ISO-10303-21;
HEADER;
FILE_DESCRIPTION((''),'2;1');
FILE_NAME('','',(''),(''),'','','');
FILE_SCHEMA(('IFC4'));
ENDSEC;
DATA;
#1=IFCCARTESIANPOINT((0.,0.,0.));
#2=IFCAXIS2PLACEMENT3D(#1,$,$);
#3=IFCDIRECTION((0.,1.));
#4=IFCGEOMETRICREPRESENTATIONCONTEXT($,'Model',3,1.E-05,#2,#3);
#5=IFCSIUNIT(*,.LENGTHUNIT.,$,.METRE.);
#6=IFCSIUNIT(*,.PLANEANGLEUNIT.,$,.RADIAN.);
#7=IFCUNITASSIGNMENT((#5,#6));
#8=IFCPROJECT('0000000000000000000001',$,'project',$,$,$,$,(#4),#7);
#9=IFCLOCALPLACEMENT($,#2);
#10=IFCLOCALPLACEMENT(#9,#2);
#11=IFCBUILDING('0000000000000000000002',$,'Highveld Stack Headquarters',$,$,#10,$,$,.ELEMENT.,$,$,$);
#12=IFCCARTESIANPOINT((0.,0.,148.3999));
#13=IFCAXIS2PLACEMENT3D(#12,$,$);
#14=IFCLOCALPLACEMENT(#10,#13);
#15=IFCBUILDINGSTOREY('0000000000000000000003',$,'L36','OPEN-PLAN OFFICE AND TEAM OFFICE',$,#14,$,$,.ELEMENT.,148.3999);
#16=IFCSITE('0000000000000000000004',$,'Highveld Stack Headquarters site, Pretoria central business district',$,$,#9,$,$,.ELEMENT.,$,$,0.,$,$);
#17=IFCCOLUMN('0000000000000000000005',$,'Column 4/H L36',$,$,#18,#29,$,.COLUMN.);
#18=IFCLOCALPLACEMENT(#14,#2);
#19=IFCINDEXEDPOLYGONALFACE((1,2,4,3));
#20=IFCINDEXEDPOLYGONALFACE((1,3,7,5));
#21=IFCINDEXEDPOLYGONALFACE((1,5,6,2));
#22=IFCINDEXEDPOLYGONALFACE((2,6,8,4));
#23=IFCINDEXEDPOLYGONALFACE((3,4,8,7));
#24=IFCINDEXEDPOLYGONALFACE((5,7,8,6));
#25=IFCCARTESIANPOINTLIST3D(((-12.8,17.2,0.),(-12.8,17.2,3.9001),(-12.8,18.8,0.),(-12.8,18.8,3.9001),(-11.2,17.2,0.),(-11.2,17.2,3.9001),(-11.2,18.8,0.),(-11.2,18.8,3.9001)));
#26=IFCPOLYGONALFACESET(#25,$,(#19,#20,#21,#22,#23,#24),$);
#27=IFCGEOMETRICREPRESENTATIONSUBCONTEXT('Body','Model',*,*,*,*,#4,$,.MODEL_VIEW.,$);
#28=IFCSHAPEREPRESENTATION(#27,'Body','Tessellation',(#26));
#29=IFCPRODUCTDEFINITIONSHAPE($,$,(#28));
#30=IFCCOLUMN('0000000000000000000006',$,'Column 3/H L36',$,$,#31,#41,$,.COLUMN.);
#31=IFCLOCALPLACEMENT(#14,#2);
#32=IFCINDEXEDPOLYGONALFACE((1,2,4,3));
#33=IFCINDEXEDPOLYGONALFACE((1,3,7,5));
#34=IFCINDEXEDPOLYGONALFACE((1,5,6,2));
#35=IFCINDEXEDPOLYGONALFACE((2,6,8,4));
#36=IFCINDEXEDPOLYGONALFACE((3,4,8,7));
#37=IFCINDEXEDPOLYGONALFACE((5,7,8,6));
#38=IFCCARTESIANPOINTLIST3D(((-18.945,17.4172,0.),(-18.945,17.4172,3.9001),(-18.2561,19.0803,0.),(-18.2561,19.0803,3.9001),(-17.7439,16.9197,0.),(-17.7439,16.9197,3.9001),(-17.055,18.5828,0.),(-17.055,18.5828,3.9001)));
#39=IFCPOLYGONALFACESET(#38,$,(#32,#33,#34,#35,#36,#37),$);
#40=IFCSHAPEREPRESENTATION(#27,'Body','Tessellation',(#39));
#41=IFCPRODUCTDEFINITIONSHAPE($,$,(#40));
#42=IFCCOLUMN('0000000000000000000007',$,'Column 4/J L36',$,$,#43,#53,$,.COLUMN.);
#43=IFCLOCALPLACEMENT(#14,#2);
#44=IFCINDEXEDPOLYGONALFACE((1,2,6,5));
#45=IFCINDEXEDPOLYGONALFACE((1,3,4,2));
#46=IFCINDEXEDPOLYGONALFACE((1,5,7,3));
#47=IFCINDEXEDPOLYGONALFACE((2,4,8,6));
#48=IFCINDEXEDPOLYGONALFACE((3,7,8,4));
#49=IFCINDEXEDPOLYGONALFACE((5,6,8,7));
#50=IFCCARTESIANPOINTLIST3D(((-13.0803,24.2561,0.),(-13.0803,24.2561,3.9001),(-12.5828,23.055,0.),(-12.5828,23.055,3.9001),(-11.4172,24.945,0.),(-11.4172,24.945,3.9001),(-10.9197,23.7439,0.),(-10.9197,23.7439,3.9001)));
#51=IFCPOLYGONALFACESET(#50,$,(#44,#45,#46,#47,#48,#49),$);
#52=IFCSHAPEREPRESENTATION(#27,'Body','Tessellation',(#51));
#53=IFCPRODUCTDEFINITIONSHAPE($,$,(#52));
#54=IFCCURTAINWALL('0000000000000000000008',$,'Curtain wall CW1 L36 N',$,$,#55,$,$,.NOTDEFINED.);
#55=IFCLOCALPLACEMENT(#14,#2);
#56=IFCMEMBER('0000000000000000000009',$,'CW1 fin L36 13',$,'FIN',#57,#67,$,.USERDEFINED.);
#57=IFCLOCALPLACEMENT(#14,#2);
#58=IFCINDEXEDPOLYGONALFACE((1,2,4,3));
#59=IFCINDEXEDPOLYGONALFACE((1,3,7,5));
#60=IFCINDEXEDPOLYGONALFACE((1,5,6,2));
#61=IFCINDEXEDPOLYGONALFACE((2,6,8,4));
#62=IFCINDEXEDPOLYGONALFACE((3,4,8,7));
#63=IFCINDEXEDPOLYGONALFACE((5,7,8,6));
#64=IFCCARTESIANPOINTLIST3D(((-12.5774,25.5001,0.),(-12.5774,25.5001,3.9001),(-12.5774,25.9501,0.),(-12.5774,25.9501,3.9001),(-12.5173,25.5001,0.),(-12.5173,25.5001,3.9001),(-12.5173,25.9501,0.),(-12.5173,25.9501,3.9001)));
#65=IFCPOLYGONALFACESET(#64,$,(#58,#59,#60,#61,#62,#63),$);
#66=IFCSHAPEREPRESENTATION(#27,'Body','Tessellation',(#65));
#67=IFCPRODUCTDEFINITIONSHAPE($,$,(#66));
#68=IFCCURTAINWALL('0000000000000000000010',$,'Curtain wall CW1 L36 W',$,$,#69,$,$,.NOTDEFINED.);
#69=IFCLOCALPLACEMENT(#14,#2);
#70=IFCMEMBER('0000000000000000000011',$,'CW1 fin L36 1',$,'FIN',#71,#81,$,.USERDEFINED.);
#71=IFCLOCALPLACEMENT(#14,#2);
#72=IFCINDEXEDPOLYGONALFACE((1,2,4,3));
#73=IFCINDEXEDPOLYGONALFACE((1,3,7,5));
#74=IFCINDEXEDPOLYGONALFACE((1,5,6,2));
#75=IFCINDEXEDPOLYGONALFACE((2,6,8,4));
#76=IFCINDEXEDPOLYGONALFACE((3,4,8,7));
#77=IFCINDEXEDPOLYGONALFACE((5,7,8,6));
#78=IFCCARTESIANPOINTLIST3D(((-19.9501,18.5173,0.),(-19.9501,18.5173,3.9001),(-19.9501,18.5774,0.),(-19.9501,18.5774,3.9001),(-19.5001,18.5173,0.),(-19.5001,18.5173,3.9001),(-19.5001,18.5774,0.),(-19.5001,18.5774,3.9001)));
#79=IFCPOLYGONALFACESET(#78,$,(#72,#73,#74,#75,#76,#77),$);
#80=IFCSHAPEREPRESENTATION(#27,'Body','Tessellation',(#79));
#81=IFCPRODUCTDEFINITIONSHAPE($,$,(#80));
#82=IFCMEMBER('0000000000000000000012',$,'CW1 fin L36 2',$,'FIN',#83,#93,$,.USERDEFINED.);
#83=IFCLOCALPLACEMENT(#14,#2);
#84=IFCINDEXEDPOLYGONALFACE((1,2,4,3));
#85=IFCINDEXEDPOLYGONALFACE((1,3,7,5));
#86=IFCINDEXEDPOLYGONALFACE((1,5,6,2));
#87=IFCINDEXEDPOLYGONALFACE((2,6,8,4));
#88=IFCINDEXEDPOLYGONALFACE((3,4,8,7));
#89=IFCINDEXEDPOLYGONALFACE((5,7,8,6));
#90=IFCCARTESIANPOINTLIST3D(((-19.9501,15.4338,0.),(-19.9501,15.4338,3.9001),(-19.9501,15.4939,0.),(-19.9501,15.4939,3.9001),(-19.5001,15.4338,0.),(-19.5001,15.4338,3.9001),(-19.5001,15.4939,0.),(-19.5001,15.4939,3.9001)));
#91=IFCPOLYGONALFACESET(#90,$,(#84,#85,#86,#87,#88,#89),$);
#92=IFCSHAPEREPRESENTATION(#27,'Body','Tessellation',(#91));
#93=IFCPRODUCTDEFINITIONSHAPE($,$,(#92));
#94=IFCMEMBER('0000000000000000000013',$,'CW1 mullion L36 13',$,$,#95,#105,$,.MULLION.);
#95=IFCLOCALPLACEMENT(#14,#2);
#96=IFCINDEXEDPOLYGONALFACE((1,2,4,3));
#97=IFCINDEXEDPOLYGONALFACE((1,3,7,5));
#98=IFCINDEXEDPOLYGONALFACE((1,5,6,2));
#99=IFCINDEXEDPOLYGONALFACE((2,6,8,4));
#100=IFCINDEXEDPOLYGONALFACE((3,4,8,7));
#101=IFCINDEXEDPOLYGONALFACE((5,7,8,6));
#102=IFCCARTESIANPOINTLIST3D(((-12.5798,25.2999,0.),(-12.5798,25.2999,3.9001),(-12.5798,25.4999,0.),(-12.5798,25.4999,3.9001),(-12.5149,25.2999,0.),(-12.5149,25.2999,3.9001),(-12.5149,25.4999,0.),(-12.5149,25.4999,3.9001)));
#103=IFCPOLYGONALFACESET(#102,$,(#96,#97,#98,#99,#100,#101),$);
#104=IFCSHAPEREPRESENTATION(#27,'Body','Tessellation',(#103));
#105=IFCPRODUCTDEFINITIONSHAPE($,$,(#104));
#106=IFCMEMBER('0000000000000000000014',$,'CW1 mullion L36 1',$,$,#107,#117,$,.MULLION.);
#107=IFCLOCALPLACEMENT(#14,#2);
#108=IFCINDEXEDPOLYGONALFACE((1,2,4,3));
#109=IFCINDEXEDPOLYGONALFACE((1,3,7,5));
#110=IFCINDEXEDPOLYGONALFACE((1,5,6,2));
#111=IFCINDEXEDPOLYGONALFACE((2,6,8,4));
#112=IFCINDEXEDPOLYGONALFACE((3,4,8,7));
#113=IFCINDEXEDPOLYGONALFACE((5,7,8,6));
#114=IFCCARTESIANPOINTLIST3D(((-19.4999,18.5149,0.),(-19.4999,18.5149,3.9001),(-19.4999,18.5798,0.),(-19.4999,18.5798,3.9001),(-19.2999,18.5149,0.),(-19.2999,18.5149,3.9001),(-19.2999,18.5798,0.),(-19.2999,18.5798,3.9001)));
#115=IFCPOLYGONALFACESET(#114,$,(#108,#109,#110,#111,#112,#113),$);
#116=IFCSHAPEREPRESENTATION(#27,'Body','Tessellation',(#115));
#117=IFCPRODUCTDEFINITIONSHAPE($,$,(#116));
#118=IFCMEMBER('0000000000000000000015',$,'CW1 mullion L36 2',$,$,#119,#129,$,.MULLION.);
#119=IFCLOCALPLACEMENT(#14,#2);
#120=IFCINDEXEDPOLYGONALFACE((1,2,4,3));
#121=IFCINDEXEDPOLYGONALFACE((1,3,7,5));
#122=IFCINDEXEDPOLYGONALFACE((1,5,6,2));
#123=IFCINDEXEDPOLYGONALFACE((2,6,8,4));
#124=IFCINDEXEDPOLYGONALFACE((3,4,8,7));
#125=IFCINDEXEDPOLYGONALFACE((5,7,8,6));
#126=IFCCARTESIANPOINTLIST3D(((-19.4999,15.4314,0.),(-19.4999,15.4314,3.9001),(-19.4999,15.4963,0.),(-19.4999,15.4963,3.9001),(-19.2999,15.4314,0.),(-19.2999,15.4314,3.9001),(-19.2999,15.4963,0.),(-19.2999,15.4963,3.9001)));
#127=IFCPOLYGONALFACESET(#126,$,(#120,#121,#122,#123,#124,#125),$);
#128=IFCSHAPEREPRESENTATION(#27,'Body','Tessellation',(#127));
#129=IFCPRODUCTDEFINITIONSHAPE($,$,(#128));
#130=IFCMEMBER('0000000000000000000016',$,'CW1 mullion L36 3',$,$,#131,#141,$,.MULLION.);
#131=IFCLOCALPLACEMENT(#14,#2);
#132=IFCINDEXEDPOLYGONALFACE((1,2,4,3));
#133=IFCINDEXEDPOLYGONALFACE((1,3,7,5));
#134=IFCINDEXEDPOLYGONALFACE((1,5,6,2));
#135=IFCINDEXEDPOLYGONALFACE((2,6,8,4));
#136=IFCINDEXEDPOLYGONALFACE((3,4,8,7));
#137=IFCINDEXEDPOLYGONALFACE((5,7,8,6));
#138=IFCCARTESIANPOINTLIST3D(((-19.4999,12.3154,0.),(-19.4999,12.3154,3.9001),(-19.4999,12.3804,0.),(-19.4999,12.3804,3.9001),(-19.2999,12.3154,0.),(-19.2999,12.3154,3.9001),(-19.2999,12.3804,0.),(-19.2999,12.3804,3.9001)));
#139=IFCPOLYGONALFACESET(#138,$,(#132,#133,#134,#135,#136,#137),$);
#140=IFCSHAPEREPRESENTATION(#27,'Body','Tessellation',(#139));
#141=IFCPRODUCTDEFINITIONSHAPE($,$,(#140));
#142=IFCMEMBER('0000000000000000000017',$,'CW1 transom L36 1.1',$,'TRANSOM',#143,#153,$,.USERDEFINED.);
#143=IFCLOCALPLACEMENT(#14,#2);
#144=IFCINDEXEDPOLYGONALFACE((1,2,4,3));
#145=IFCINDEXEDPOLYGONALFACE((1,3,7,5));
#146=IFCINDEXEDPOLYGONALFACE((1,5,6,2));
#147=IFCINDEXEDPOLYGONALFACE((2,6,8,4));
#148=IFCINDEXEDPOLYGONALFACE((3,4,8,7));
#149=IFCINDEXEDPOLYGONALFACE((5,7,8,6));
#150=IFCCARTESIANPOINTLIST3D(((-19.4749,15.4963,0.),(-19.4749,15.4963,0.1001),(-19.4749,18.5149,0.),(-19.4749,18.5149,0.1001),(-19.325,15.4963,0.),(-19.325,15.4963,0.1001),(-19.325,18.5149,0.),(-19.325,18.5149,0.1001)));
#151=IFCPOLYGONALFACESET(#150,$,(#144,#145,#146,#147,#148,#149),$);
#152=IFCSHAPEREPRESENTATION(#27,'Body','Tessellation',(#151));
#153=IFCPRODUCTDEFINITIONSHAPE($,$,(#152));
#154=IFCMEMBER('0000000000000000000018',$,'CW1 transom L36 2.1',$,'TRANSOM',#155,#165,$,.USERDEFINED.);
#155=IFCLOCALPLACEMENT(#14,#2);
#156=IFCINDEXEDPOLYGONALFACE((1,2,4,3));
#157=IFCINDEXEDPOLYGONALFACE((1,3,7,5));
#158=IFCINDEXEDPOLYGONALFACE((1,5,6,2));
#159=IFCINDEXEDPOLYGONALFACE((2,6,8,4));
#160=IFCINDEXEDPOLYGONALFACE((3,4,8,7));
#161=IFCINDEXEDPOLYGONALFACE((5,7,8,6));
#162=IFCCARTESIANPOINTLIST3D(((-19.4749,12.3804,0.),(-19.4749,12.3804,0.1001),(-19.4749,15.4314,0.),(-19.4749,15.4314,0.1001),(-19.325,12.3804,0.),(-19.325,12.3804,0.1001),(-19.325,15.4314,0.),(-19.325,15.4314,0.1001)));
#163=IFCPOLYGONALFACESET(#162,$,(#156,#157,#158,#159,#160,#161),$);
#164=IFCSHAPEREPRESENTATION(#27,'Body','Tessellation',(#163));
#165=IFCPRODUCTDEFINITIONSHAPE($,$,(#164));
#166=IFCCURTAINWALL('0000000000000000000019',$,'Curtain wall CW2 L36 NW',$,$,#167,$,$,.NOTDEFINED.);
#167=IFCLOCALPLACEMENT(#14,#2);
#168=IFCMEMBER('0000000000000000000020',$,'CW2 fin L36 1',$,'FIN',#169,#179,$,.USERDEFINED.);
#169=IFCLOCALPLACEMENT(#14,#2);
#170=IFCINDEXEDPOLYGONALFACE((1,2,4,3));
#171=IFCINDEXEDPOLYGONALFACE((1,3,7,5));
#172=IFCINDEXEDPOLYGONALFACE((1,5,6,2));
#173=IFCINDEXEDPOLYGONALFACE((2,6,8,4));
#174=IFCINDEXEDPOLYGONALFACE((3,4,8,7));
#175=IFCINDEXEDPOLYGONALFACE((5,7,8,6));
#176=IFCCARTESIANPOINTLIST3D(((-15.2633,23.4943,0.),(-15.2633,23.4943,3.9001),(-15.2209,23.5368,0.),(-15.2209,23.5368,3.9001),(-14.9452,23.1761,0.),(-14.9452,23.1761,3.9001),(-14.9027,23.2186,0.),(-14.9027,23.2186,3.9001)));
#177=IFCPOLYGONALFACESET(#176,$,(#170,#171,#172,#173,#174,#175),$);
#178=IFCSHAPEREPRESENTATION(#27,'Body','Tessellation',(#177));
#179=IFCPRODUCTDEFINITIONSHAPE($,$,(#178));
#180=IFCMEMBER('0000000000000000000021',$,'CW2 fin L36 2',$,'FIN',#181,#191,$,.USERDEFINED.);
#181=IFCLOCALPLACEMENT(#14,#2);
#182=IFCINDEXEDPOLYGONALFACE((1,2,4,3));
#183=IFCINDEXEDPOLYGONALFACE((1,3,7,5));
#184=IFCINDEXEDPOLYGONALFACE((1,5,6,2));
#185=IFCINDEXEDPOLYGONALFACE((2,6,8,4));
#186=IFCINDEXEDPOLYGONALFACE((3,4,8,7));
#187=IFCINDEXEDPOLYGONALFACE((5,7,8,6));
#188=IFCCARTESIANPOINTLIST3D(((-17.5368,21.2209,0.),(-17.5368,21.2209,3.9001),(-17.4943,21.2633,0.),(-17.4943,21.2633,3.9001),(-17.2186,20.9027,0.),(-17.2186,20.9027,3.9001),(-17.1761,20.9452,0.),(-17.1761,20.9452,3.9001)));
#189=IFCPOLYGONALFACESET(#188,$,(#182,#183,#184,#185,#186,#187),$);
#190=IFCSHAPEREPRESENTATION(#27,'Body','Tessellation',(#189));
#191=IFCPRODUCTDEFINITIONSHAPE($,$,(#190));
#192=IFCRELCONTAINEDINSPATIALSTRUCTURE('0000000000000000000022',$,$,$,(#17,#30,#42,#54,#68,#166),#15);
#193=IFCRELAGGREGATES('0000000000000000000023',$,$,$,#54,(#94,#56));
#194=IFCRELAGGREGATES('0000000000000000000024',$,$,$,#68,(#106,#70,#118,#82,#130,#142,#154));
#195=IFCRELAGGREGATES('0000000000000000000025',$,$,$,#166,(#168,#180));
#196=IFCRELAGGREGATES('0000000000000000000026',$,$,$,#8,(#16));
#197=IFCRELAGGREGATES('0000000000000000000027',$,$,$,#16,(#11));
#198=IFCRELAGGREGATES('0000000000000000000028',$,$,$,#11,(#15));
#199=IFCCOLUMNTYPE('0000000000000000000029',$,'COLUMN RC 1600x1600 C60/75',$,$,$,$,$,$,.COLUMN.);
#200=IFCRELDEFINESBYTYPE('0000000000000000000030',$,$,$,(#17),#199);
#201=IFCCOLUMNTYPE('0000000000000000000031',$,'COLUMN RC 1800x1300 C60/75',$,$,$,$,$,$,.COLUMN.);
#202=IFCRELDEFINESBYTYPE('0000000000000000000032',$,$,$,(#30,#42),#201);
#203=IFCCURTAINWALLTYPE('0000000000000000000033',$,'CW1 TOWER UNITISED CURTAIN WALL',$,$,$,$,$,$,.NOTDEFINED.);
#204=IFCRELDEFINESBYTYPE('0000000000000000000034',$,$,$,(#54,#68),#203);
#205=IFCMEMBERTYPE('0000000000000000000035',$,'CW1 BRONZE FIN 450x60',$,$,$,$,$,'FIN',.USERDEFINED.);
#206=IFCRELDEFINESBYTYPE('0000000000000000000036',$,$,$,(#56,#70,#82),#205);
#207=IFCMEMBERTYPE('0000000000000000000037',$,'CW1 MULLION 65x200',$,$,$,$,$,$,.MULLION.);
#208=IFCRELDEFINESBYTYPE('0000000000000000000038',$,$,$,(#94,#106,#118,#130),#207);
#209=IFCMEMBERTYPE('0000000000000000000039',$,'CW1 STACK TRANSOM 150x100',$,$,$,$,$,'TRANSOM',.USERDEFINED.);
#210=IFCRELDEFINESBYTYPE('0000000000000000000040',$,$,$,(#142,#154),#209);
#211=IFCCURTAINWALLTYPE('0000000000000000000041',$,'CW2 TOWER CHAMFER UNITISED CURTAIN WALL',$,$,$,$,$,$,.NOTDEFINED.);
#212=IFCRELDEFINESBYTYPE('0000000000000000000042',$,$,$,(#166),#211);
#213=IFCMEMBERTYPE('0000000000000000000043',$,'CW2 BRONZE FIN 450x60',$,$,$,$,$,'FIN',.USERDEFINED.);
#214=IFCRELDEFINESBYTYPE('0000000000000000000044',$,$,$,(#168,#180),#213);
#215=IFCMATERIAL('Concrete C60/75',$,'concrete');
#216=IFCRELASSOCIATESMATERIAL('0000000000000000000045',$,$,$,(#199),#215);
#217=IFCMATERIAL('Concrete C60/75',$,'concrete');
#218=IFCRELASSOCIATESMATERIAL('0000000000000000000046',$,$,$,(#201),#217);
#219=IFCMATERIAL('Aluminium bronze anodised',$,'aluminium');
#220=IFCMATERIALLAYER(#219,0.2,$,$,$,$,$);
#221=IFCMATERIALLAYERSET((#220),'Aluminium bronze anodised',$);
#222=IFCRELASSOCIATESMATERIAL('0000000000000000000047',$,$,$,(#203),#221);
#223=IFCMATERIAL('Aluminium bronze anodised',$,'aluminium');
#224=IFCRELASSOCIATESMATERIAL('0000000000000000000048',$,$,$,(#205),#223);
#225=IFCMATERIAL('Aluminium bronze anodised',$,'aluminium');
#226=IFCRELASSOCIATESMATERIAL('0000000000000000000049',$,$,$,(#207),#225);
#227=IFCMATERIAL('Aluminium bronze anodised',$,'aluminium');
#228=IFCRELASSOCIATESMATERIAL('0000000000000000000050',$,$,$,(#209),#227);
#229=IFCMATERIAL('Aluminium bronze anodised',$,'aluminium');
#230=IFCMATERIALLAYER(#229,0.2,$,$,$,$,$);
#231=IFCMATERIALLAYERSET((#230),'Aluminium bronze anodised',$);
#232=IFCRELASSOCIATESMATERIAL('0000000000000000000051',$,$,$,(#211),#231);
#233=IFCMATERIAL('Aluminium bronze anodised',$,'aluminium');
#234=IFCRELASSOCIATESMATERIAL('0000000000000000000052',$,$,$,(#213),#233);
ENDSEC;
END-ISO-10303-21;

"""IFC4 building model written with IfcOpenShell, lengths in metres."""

from ifc_helpers import new_model, si_unit, direction, frame, origin, origin_2d, place, context, subcontext, project, spatial, rectangle, extrude, material, layer, layer_set, material_profile, profile_set, type_object, element, aggregate, save


model = new_model("IFC4")

# Units and contexts
model_context = context("Model", 3, precision=1e-05, world=origin(), true_north=direction((0.0, 1.0)))
body_context = subcontext(model_context, "Body", "Model", "MODEL_VIEW")
ifc_project = project(units=[si_unit("LENGTHUNIT", "METRE"), si_unit("PLANEANGLEUNIT", "RADIAN")], contexts=[model_context])

# Site, building, storey
site_placement = place(None, origin())
site = spatial("IfcSite", under=ifc_project, at=site_placement, Name="Highveld Stack Headquarters site, Pretoria central business district", CompositionType="ELEMENT", RefElevation=0.0)
building_placement = place(site_placement, origin())
building = spatial("IfcBuilding", under=site, at=building_placement, Name="Highveld Stack Headquarters", CompositionType="ELEMENT")
storey_placement = place(building_placement, frame((0.0, 0.0, 148.3999)))
storey = spatial("IfcBuildingStorey", under=building, at=storey_placement, Name="L36", Description="OPEN-PLAN OFFICE AND TEAM OFFICE", CompositionType="ELEMENT", Elevation=148.3999)

# Columns
ifc_material_1 = material(Name="Concrete C60/75", Category="concrete")
ifc_material_profile_1 = material_profile(ifc_material_1, rectangle(XDim=1.6001, YDim=1.6001, at=origin_2d()), Name="RC 1600x1600")
ifc_profile_set_1 = profile_set([ifc_material_profile_1], Name="Concrete C60/75")
column_type_1 = type_object("IfcColumnType", Name="COLUMN RC 1600x1600 C60/75", PredefinedType="COLUMN", material=ifc_profile_set_1)
column_placement = place(storey_placement, frame((-12.0, 18.0, 0.0), z_axis=(0.0, 0.0, 1.0), x_axis=(1.0, 0.0, 0.0)))
element("IfcColumn", 1, at=column_placement, inside=storey, type_object=column_type_1, Name="Column 4/H L36", PredefinedType="COLUMN", context=body_context, shape_type="SweptSolid", body=[
    extrude(rectangle(XDim=1.6001, YDim=1.6001, at=origin_2d()), origin(), (0.0, 0.0, 1.0), 3.9001),
])
ifc_material_2 = material(Name="Concrete C60/75", Category="concrete")
ifc_material_profile_2 = material_profile(ifc_material_2, rectangle(XDim=1.8, YDim=1.3, at=origin_2d()), Name="RC 1800x1300")
ifc_profile_set_2 = profile_set([ifc_material_profile_2], Name="Concrete C60/75")
column_type_2 = type_object("IfcColumnType", Name="COLUMN RC 1800x1300 C60/75", PredefinedType="COLUMN", material=ifc_profile_set_2)
for number, where, z_axis, x_axis, name in (
    (2, (-18.0, 18.0, 0.0), (0.0, 0.0, 1.0), (0.382683, 0.92388, 0.0), "Column 3/H L36"),
    (3, (-12.0, 24.0, 0.0), (0.0, 0.0, 1.0), (0.92388, 0.382683, 0.0), "Column 4/J L36"),
):
    element("IfcColumn", number, at=place(storey_placement, frame(where, z_axis=z_axis, x_axis=x_axis)), inside=storey, type_object=column_type_2, Name=name, PredefinedType="COLUMN", context=body_context, shape_type="SweptSolid", body=[
        extrude(rectangle(XDim=1.8, YDim=1.3, at=origin_2d()), origin(), (0.0, 0.0, 1.0), 3.9001),
    ])

# Curtain wall, member
ifc_material_3 = material(Name="Aluminium bronze anodised", Category="aluminium")
ifc_layer_1 = layer(ifc_material_3, 0.2)
ifc_layer_set_1 = layer_set([ifc_layer_1], Name="Aluminium bronze anodised")
curtain_wall_type_1 = type_object("IfcCurtainWallType", Name="CW1 TOWER UNITISED CURTAIN WALL", PredefinedType="NOTDEFINED", material=ifc_layer_set_1)
curtain_wall_1_placement = place(storey_placement, origin())
curtain_wall_1 = element("IfcCurtainWall", 4, at=curtain_wall_1_placement, inside=storey, type_object=curtain_wall_type_1, Name="Curtain wall CW1 L36 N", PredefinedType="NOTDEFINED")
ifc_material_4 = material(Name="Aluminium bronze anodised", Category="aluminium")
ifc_material_profile_3 = material_profile(ifc_material_4, rectangle(XDim=0.45, YDim=0.0601, at=origin_2d()), Name="FIN 450x60")
ifc_profile_set_3 = profile_set([ifc_material_profile_3], Name="Aluminium bronze anodised")
member_type_1 = type_object("IfcMemberType", Name="CW1 BRONZE FIN 450x60", ElementType="FIN", PredefinedType="USERDEFINED", material=ifc_profile_set_3)
member_1_placement = place(storey_placement, frame((-12.5474, 25.7251, 0.0), z_axis=(0.0, 0.0, 1.0), x_axis=(0.0, -1.0, 0.0)))
member_1 = element("IfcMember", 5, at=member_1_placement, type_object=member_type_1, Name="CW1 fin L36 13", ObjectType="FIN", PredefinedType="USERDEFINED", context=body_context, shape_type="SweptSolid", body=[
    extrude(rectangle(XDim=0.45, YDim=0.0601, at=origin_2d()), origin(), (0.0, 0.0, 1.0), 3.9001),
])

# Curtain wall, members
curtain_wall_2_placement = place(storey_placement, origin())
curtain_wall_2 = element("IfcCurtainWall", 6, at=curtain_wall_2_placement, inside=storey, type_object=curtain_wall_type_1, Name="Curtain wall CW1 L36 W", PredefinedType="NOTDEFINED")
member_2_placement = place(storey_placement, frame((-19.7251, 18.5474, 0.0), z_axis=(0.0, 0.0, 1.0), x_axis=(1.0, 0.0, 0.0)))
member_2 = element("IfcMember", 7, at=member_2_placement, type_object=member_type_1, Name="CW1 fin L36 1", ObjectType="FIN", PredefinedType="USERDEFINED", context=body_context, shape_type="SweptSolid", body=[
    extrude(rectangle(XDim=0.45, YDim=0.0601, at=origin_2d()), origin(), (0.0, 0.0, 1.0), 3.9001),
])
member_3_placement = place(storey_placement, frame((-19.7251, 15.4639, 0.0), z_axis=(0.0, 0.0, 1.0), x_axis=(1.0, 0.0, 0.0)))
member_3 = element("IfcMember", 8, at=member_3_placement, type_object=member_type_1, Name="CW1 fin L36 2", ObjectType="FIN", PredefinedType="USERDEFINED", context=body_context, shape_type="SweptSolid", body=[
    extrude(rectangle(XDim=0.45, YDim=0.0601, at=origin_2d()), origin(), (0.0, 0.0, 1.0), 3.9001),
])

# Members
ifc_material_5 = material(Name="Aluminium bronze anodised", Category="aluminium")
ifc_material_profile_4 = material_profile(ifc_material_5, rectangle(XDim=0.2, YDim=0.0649, at=origin_2d()), Name="CW1 MULLION 65x200")
ifc_profile_set_4 = profile_set([ifc_material_profile_4], Name="Aluminium bronze anodised")
member_type_2 = type_object("IfcMemberType", Name="CW1 MULLION 65x200", PredefinedType="MULLION", material=ifc_profile_set_4)
member_4_placement = place(storey_placement, frame((-12.5474, 25.3999, 0.0), z_axis=(0.0, 0.0, 1.0), x_axis=(0.0, -1.0, 0.0)))
member_4 = element("IfcMember", 9, at=member_4_placement, type_object=member_type_2, Name="CW1 mullion L36 13", PredefinedType="MULLION", context=body_context, shape_type="SweptSolid", body=[
    extrude(rectangle(XDim=0.2, YDim=0.0649, at=origin_2d()), origin(), (0.0, 0.0, 1.0), 3.9001),
])
aggregate(curtain_wall_1, [member_4, member_1])
member_5_placement = place(storey_placement, frame((-19.3999, 18.5474, 0.0), z_axis=(0.0, 0.0, 1.0), x_axis=(1.0, 0.0, 0.0)))
member_5 = element("IfcMember", 10, at=member_5_placement, type_object=member_type_2, Name="CW1 mullion L36 1", PredefinedType="MULLION", context=body_context, shape_type="SweptSolid", body=[
    extrude(rectangle(XDim=0.2, YDim=0.0649, at=origin_2d()), origin(), (0.0, 0.0, 1.0), 3.9001),
])
member_6_placement = place(storey_placement, frame((-19.3999, 15.4639, 0.0), z_axis=(0.0, 0.0, 1.0), x_axis=(1.0, 0.0, 0.0)))
member_6 = element("IfcMember", 11, at=member_6_placement, type_object=member_type_2, Name="CW1 mullion L36 2", PredefinedType="MULLION", context=body_context, shape_type="SweptSolid", body=[
    extrude(rectangle(XDim=0.2, YDim=0.0649, at=origin_2d()), origin(), (0.0, 0.0, 1.0), 3.9001),
])
member_7_placement = place(storey_placement, frame((-19.3999, 12.3479, 0.0), z_axis=(0.0, 0.0, 1.0), x_axis=(1.0, 0.0, 0.0)))
member_7 = element("IfcMember", 12, at=member_7_placement, type_object=member_type_2, Name="CW1 mullion L36 3", PredefinedType="MULLION", context=body_context, shape_type="SweptSolid", body=[
    extrude(rectangle(XDim=0.2, YDim=0.0649, at=origin_2d()), origin(), (0.0, 0.0, 1.0), 3.9001),
])
ifc_material_6 = material(Name="Aluminium bronze anodised", Category="aluminium")
ifc_material_profile_5 = material_profile(ifc_material_6, rectangle(XDim=0.1499, YDim=0.1001, at=origin_2d()), Name="CW1 TRANSOM 150x100")
ifc_profile_set_5 = profile_set([ifc_material_profile_5], Name="Aluminium bronze anodised")
member_type_3 = type_object("IfcMemberType", Name="CW1 STACK TRANSOM 150x100", ElementType="TRANSOM", PredefinedType="USERDEFINED", material=ifc_profile_set_5)
member_8_placement = place(storey_placement, frame((-19.3999, 18.5149, 0.05), z_axis=(0.0, -1.0, 0.0), x_axis=(1.0, 0.0, 0.0)))
member_8 = element("IfcMember", 13, at=member_8_placement, type_object=member_type_3, Name="CW1 transom L36 1.1", ObjectType="TRANSOM", PredefinedType="USERDEFINED", context=body_context, shape_type="SweptSolid", body=[
    extrude(rectangle(XDim=0.1499, YDim=0.1001, at=origin_2d()), origin(), (0.0, 0.0, 1.0), 3.0186),
])
member_9_placement = place(storey_placement, frame((-19.3999, 15.4314, 0.05), z_axis=(0.0, -1.0, 0.0), x_axis=(1.0, 0.0, 0.0)))
member_9 = element("IfcMember", 14, at=member_9_placement, type_object=member_type_3, Name="CW1 transom L36 2.1", ObjectType="TRANSOM", PredefinedType="USERDEFINED", context=body_context, shape_type="SweptSolid", body=[
    extrude(rectangle(XDim=0.1499, YDim=0.1001, at=origin_2d()), origin(), (0.0, 0.0, 1.0), 3.051),
])

# Curtain wall, members
ifc_material_7 = material(Name="Aluminium bronze anodised", Category="aluminium")
ifc_layer_2 = layer(ifc_material_7, 0.2)
ifc_layer_set_2 = layer_set([ifc_layer_2], Name="Aluminium bronze anodised")
curtain_wall_type_2 = type_object("IfcCurtainWallType", Name="CW2 TOWER CHAMFER UNITISED CURTAIN WALL", PredefinedType="NOTDEFINED", material=ifc_layer_set_2)
curtain_wall_3_placement = place(storey_placement, origin())
curtain_wall_3 = element("IfcCurtainWall", 15, at=curtain_wall_3_placement, inside=storey, type_object=curtain_wall_type_2, Name="Curtain wall CW2 L36 NW", PredefinedType="NOTDEFINED")
ifc_material_8 = material(Name="Aluminium bronze anodised", Category="aluminium")
ifc_material_profile_6 = material_profile(ifc_material_8, rectangle(XDim=0.45, YDim=0.0601, at=origin_2d()), Name="FIN 450x60")
ifc_profile_set_6 = profile_set([ifc_material_profile_6], Name="Aluminium bronze anodised")
member_type_4 = type_object("IfcMemberType", Name="CW2 BRONZE FIN 450x60", ElementType="FIN", PredefinedType="USERDEFINED", material=ifc_profile_set_6)
member_10_placement = place(storey_placement, frame((-15.083, 23.3564, 0.0), z_axis=(0.0, 0.0, 1.0), x_axis=(0.707107, -0.707107, 0.0)))
member_10 = element("IfcMember", 16, at=member_10_placement, type_object=member_type_4, Name="CW2 fin L36 1", ObjectType="FIN", PredefinedType="USERDEFINED", context=body_context, shape_type="SweptSolid", body=[
    extrude(rectangle(XDim=0.45, YDim=0.0601, at=origin_2d()), origin(), (0.0, 0.0, 1.0), 3.9001),
])
member_11_placement = place(storey_placement, frame((-17.3564, 21.083, 0.0), z_axis=(0.0, 0.0, 1.0), x_axis=(0.707107, -0.707107, 0.0)))
member_11 = element("IfcMember", 17, at=member_11_placement, type_object=member_type_4, Name="CW2 fin L36 2", ObjectType="FIN", PredefinedType="USERDEFINED", context=body_context, shape_type="SweptSolid", body=[
    extrude(rectangle(XDim=0.45, YDim=0.0601, at=origin_2d()), origin(), (0.0, 0.0, 1.0), 3.9001),
])

aggregate(curtain_wall_2, [member_5, member_2, member_6, member_3, member_7, member_8, member_9])
aggregate(curtain_wall_3, [member_10, member_11])

save(model, "model.ifc")
